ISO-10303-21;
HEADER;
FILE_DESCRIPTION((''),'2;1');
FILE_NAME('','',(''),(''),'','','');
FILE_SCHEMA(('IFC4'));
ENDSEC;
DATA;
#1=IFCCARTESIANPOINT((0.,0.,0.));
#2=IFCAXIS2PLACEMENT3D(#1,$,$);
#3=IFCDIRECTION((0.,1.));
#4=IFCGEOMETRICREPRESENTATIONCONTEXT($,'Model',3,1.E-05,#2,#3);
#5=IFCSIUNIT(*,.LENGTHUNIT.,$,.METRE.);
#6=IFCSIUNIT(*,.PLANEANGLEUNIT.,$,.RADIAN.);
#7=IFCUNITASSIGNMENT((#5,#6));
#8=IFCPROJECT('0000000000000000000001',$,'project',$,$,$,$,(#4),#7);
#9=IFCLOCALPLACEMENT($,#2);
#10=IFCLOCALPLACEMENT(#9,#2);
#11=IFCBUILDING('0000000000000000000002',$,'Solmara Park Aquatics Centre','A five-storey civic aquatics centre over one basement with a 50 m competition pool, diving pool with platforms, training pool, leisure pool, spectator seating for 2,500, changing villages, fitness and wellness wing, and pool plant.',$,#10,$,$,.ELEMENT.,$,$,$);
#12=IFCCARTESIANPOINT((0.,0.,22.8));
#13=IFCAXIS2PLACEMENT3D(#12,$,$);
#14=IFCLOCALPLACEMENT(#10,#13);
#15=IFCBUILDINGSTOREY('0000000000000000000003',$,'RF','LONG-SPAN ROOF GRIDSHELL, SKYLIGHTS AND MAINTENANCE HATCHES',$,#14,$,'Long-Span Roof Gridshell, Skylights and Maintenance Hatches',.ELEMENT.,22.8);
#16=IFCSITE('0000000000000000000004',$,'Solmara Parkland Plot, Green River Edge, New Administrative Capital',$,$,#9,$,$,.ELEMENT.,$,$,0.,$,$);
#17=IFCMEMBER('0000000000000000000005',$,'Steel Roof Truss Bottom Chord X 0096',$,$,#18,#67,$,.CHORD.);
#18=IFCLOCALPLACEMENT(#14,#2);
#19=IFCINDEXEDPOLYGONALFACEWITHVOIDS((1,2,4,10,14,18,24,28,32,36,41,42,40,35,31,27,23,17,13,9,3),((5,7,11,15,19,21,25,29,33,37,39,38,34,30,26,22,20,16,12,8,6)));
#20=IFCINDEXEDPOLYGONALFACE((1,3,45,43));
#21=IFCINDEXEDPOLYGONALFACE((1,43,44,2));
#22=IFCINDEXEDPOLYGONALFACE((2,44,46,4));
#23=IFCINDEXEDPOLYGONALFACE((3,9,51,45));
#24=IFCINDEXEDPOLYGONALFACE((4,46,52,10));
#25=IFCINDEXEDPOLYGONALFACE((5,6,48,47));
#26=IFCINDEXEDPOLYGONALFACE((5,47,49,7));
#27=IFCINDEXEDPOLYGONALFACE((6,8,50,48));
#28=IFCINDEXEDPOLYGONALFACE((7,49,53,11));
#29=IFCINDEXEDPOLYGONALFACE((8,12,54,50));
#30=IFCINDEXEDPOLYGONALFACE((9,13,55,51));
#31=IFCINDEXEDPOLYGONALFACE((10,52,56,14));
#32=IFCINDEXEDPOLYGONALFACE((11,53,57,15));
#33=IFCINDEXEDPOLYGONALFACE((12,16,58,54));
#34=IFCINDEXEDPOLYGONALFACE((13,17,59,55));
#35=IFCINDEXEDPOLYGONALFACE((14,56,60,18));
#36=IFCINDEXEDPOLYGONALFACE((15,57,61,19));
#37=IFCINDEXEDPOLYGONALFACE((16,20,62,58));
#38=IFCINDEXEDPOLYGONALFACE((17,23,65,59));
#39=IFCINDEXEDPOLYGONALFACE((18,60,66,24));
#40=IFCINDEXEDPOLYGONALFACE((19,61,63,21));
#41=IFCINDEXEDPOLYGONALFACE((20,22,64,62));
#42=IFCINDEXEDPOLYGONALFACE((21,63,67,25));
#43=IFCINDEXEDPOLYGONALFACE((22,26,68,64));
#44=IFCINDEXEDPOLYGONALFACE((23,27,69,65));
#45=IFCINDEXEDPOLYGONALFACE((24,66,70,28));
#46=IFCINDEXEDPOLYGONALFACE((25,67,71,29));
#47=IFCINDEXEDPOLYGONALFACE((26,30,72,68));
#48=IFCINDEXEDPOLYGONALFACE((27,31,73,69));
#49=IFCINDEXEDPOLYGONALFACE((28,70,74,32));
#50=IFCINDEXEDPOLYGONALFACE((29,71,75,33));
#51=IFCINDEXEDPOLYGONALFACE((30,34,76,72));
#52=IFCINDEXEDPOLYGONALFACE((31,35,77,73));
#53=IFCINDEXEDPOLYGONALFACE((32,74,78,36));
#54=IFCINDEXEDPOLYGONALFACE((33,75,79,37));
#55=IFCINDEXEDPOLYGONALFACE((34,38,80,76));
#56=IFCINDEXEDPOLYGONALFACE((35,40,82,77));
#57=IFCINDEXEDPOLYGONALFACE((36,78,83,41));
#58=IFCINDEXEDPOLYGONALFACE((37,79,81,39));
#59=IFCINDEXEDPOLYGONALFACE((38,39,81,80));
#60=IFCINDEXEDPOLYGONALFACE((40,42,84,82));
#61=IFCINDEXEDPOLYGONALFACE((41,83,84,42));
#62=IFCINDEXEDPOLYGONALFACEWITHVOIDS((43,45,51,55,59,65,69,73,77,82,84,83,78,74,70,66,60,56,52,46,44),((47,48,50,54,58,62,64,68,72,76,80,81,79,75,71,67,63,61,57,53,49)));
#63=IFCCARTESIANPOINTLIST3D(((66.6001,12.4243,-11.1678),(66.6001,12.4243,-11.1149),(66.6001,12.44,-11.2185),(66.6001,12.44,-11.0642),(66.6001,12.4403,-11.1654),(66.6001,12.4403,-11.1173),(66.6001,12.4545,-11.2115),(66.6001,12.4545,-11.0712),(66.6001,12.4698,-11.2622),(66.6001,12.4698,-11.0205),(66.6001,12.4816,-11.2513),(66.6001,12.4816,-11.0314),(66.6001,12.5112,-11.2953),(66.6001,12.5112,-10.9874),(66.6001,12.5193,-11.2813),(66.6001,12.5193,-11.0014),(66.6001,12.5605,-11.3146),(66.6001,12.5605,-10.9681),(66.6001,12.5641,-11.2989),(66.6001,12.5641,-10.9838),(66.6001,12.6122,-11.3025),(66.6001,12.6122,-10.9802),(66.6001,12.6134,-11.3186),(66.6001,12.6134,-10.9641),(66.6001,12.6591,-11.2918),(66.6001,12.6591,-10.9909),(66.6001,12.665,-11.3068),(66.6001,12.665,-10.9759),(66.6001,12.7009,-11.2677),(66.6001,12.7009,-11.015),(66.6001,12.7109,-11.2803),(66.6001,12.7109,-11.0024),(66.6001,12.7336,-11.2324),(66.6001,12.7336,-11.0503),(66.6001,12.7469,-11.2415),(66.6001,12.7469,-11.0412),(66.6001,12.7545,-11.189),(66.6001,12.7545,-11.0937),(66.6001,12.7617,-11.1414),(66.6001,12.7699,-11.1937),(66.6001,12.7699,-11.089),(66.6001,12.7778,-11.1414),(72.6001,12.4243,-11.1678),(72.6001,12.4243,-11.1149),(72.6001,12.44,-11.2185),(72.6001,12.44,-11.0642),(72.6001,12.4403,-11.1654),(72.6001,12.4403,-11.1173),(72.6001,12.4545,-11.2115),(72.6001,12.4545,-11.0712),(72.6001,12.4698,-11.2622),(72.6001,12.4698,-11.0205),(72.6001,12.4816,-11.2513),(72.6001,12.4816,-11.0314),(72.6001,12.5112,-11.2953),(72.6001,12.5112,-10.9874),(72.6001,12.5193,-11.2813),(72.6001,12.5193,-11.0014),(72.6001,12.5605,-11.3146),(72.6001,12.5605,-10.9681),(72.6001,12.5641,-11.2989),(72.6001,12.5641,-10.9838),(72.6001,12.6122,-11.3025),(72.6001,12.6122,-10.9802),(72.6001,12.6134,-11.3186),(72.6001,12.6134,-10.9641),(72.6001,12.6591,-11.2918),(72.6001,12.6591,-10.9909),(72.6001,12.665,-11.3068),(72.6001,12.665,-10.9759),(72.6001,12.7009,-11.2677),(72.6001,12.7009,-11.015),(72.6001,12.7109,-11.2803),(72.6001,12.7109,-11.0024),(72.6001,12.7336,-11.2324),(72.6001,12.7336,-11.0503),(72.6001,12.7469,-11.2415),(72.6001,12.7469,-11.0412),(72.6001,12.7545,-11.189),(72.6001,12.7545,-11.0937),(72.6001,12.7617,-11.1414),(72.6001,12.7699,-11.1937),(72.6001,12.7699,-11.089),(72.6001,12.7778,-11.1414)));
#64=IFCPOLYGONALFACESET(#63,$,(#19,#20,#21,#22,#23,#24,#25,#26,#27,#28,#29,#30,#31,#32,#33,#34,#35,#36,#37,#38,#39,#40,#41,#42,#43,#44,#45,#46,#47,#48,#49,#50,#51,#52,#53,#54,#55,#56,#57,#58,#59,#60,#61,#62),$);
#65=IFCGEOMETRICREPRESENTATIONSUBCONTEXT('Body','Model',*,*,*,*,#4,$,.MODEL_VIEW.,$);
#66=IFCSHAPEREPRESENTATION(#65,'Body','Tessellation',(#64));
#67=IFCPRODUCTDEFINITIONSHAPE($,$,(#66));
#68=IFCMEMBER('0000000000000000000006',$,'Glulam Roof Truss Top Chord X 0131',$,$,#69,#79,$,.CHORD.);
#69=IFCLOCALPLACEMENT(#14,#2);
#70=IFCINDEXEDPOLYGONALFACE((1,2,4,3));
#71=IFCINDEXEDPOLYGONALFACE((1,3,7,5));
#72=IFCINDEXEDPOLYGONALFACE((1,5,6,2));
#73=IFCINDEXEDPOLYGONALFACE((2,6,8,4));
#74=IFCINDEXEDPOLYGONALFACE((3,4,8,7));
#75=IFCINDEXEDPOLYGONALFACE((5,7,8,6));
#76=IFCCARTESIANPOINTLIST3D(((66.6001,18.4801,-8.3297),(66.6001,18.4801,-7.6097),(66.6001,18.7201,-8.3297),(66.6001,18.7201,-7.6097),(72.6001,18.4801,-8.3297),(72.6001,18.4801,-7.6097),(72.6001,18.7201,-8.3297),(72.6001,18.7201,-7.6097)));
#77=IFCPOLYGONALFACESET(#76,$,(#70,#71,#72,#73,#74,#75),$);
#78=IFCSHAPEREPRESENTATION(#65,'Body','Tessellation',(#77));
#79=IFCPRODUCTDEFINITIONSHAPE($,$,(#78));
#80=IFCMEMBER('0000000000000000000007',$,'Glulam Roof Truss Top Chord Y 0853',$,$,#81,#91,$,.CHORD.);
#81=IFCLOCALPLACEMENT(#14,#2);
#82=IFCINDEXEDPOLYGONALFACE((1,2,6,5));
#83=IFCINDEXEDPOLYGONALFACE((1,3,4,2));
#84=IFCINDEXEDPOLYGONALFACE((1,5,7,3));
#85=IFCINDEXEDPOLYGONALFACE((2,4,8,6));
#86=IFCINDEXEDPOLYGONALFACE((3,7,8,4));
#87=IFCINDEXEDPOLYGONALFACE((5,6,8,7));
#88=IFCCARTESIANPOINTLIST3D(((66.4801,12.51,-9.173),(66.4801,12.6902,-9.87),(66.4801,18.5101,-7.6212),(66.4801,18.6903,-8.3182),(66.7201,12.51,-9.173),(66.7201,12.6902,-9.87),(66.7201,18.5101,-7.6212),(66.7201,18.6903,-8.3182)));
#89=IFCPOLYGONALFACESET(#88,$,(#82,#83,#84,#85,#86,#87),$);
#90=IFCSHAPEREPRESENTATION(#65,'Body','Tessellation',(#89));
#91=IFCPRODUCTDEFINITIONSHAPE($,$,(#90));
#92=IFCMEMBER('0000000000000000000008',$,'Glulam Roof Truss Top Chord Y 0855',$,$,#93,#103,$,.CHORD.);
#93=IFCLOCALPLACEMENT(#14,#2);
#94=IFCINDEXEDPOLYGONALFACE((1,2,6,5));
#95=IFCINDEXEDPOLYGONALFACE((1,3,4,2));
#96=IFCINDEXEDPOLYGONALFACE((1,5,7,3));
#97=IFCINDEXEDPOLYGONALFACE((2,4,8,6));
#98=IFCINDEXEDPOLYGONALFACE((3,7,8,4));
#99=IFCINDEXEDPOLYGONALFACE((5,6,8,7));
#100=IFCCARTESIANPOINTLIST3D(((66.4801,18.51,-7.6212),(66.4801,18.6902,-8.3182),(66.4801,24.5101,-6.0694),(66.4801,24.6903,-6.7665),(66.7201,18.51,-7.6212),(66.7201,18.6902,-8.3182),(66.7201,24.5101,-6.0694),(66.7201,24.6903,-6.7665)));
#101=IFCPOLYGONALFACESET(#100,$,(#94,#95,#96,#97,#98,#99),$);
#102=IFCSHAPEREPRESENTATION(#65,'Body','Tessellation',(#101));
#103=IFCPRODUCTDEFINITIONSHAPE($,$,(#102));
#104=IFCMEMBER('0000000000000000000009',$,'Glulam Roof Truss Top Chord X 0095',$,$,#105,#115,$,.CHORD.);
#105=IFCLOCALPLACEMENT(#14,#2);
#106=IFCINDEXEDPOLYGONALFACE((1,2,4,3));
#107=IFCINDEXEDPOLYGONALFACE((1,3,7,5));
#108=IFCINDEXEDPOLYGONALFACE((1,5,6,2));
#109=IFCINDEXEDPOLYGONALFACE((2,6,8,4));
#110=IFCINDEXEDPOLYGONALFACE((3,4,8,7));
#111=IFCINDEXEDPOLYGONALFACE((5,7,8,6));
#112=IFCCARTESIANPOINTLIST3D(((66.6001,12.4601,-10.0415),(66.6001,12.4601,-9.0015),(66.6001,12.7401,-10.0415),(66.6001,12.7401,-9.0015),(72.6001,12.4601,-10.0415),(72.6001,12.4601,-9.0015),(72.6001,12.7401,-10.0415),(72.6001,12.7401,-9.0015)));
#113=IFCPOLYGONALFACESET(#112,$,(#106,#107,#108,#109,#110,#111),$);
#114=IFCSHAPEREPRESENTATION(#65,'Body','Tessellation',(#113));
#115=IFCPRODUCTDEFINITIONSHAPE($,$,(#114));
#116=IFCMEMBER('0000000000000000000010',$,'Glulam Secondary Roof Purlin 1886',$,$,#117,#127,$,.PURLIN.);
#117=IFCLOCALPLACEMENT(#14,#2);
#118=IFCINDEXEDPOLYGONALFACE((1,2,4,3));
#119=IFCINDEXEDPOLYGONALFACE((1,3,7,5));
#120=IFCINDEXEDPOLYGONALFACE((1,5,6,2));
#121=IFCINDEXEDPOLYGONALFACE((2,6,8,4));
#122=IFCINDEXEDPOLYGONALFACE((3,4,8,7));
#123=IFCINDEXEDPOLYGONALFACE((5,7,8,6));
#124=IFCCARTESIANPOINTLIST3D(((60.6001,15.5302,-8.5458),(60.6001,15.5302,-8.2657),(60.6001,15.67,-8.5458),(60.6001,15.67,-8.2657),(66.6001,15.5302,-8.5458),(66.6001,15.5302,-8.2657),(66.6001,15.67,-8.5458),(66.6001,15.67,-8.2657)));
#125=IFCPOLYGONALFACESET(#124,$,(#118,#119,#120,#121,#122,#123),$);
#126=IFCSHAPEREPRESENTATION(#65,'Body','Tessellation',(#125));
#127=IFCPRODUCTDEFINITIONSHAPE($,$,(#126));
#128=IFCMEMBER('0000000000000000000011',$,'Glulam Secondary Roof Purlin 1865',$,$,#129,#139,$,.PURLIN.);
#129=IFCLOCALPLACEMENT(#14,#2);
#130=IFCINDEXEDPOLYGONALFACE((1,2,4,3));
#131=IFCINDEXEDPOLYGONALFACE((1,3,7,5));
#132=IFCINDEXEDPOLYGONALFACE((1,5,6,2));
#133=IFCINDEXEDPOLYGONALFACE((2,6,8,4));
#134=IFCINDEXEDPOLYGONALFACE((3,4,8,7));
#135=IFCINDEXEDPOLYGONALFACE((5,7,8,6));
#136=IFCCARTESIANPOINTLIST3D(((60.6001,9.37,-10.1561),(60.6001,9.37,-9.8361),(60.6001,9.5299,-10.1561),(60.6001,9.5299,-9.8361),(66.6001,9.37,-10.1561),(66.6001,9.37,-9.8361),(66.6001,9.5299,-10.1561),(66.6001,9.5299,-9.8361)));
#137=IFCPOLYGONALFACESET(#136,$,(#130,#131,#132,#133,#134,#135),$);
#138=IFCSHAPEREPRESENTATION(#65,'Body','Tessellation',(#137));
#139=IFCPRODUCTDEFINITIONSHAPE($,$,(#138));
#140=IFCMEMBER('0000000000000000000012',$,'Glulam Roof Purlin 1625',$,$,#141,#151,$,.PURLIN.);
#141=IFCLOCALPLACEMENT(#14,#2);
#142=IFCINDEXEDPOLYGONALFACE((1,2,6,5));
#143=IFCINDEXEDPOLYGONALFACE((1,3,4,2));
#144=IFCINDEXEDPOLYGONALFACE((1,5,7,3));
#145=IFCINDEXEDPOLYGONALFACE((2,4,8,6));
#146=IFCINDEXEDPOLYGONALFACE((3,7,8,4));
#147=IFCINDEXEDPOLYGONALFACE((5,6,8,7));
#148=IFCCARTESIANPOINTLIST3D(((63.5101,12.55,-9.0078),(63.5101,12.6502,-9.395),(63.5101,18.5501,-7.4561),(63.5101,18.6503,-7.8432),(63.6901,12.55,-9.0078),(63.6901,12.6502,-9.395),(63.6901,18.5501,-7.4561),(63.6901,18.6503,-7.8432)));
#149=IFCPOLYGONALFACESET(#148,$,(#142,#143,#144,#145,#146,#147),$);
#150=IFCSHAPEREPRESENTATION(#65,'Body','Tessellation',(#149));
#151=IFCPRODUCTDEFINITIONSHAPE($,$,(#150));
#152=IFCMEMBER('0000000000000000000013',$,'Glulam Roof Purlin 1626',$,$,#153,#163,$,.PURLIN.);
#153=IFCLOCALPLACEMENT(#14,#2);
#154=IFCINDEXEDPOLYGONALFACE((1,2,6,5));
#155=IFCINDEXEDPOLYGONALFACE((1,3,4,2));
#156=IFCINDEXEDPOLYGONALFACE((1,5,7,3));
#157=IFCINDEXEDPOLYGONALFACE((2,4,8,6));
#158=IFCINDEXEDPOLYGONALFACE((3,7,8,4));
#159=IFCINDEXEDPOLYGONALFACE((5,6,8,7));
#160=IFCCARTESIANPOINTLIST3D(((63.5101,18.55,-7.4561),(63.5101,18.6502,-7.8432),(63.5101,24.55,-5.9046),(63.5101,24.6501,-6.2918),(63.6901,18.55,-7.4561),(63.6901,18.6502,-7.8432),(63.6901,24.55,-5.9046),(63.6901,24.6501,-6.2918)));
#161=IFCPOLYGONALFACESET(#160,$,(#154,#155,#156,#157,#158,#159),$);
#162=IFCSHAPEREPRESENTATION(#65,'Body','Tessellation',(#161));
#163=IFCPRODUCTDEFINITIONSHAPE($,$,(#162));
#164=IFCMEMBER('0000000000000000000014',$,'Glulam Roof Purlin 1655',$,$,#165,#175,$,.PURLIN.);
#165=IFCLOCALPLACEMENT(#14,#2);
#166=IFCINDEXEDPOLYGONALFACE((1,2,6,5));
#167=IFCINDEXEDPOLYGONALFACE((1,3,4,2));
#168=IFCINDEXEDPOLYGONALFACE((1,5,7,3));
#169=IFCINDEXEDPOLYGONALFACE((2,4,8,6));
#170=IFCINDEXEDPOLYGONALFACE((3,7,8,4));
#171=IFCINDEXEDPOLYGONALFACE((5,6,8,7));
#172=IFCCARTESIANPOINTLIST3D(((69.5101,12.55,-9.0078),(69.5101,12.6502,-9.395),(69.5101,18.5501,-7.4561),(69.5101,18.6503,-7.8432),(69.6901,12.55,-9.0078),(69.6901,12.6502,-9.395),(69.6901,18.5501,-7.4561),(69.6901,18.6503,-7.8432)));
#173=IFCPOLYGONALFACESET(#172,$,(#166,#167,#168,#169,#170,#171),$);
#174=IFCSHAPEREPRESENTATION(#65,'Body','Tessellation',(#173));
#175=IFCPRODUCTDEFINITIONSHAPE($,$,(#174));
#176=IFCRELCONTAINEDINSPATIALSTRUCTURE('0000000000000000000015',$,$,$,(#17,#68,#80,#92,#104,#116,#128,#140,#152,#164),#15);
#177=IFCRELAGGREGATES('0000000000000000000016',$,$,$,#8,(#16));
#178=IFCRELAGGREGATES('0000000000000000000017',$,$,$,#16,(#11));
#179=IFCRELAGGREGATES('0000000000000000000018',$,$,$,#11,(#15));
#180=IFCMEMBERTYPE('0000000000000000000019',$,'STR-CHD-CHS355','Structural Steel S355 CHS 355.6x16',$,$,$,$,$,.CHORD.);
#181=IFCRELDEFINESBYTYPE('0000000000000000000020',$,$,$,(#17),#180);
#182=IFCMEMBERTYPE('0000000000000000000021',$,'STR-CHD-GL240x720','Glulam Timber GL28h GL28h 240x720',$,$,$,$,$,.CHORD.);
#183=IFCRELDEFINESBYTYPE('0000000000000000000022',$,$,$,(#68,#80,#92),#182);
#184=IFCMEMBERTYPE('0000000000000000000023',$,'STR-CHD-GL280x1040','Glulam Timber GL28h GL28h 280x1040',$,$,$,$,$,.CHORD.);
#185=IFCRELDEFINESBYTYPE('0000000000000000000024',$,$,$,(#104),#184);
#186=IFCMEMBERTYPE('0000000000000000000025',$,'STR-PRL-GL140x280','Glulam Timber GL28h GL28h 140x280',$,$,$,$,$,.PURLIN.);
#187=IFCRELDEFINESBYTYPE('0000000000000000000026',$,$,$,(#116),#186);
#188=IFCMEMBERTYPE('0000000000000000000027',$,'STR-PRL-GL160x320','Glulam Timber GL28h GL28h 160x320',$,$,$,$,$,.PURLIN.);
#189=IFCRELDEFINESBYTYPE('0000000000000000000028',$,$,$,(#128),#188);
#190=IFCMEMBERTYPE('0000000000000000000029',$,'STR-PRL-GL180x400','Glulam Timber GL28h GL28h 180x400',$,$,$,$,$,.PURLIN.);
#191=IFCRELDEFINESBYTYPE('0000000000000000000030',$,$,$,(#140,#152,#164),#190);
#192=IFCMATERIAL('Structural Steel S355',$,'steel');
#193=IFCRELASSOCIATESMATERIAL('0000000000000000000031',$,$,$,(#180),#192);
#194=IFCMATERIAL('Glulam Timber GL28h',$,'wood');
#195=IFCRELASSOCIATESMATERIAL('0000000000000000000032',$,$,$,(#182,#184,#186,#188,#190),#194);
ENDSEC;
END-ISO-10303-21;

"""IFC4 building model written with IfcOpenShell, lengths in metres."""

from ifc_helpers import new_model, si_unit, direction, frame, origin, origin_2d, place, context, subcontext, project, spatial, rectangle, hollow_circle, extrude, material, material_profile, profile_set, type_object, element, save


model = new_model("IFC4")

# Units and contexts
model_context = context("Model", 3, precision=1e-05, world=origin(), true_north=direction((0.0, 1.0)))
body_context = subcontext(model_context, "Body", "Model", "MODEL_VIEW")
ifc_project = project(units=[si_unit("LENGTHUNIT", "METRE"), si_unit("PLANEANGLEUNIT", "RADIAN")], contexts=[model_context])

# Site, building, storey
site_placement = place(None, origin())
site = spatial("IfcSite", under=ifc_project, at=site_placement, Name="Solmara Parkland Plot, Green River Edge, New Administrative Capital", CompositionType="ELEMENT", RefElevation=0.0)
building_placement = place(site_placement, origin())
building = spatial("IfcBuilding", under=site, at=building_placement, Name="Solmara Park Aquatics Centre", Description="A five-storey civic aquatics centre over one basement with a 50 m competition pool, diving pool with platforms, training pool, leisure pool, spectator seating for 2,500, changing villages, fitness and wellness wing, and pool plant.", CompositionType="ELEMENT")
storey_placement = place(building_placement, frame((0.0, 0.0, 22.8)))
storey = spatial("IfcBuildingStorey", under=building, at=storey_placement, Name="RF", Description="LONG-SPAN ROOF GRIDSHELL, SKYLIGHTS AND MAINTENANCE HATCHES", LongName="Long-Span Roof Gridshell, Skylights and Maintenance Hatches", CompositionType="ELEMENT", Elevation=22.8)

# Members
ifc_material_1 = material(Name="Structural Steel S355", Category="steel")
ifc_material_profile_1 = material_profile(ifc_material_1, hollow_circle(Radius=0.1777, WallThickness=0.0161, at=origin_2d()), Name="CHS 355.6x16")
ifc_profile_set_1 = profile_set([ifc_material_profile_1], Name="Structural Steel S355")
member_type_1 = type_object("IfcMemberType", Name="STR-CHD-CHS355", Description="Structural Steel S355 CHS 355.6x16", PredefinedType="CHORD", material=ifc_profile_set_1)
member_1_placement = place(storey_placement, frame((66.6001, 12.6001, -11.1414), z_axis=(1.0, 0.0, 0.0), x_axis=(0.0, 1.0, 0.0)))
element("IfcMember", 1, at=member_1_placement, inside=storey, type_object=member_type_1, Name="Steel Roof Truss Bottom Chord X 0096", PredefinedType="CHORD", context=body_context, shape_type="SweptSolid", body=[
    extrude(hollow_circle(Radius=0.1777, WallThickness=0.0161, at=origin_2d()), origin(), (0.0, 0.0, 1.0), 6.0),
])
ifc_material_2 = material(Name="Glulam Timber GL28h", Category="wood")
ifc_material_profile_2 = material_profile(ifc_material_2, rectangle(XDim=0.24, YDim=0.72, at=origin_2d()), Name="GL28h 240x720")
ifc_profile_set_2 = profile_set([ifc_material_profile_2], Name="Glulam Timber GL28h")
member_type_2 = type_object("IfcMemberType", Name="STR-CHD-GL240x720", Description="Glulam Timber GL28h GL28h 240x720", PredefinedType="CHORD", material=ifc_profile_set_2)
member_2_placement = place(storey_placement, frame((66.6001, 18.6001, -7.9697), z_axis=(1.0, 0.0, 0.0), x_axis=(0.0, 1.0, 0.0)))
element("IfcMember", 2, at=member_2_placement, inside=storey, type_object=member_type_2, Name="Glulam Roof Truss Top Chord X 0131", PredefinedType="CHORD", context=body_context, shape_type="SweptSolid", body=[
    extrude(rectangle(XDim=0.24, YDim=0.72, at=origin_2d()), origin(), (0.0, 0.0, 1.0), 6.0),
])
for number, where, z_axis, x_axis, name in (
    (3, (66.6001, 12.6001, -9.5215), (0.0, 0.968146, 0.250388), (-1.0, 0.0, 0.0), "Glulam Roof Truss Top Chord Y 0853"),
    (4, (66.6001, 18.6001, -7.9697), (0.0, 0.968146, 0.250388), (-1.0, 0.0, 0.0), "Glulam Roof Truss Top Chord Y 0855"),
):
    element("IfcMember", number, at=place(storey_placement, frame(where, z_axis=z_axis, x_axis=x_axis)), inside=storey, type_object=member_type_2, Name=name, PredefinedType="CHORD", context=body_context, shape_type="SweptSolid", body=[
        extrude(rectangle(XDim=0.24, YDim=0.72, at=origin_2d()), origin(), (0.0, 0.0, 1.0), 6.1975),
    ])
ifc_material_profile_3 = material_profile(ifc_material_2, rectangle(XDim=0.28, YDim=1.04, at=origin_2d()), Name="GL28h 280x1040")
ifc_profile_set_3 = profile_set([ifc_material_profile_3], Name="Glulam Timber GL28h")
member_type_3 = type_object("IfcMemberType", Name="STR-CHD-GL280x1040", Description="Glulam Timber GL28h GL28h 280x1040", PredefinedType="CHORD", material=ifc_profile_set_3)
member_3_placement = place(storey_placement, frame((66.6001, 12.6001, -9.5215), z_axis=(1.0, 0.0, 0.0), x_axis=(0.0, 1.0, 0.0)))
element("IfcMember", 5, at=member_3_placement, inside=storey, type_object=member_type_3, Name="Glulam Roof Truss Top Chord X 0095", PredefinedType="CHORD", context=body_context, shape_type="SweptSolid", body=[
    extrude(rectangle(XDim=0.28, YDim=1.04, at=origin_2d()), origin(), (0.0, 0.0, 1.0), 6.0),
])
ifc_material_profile_4 = material_profile(ifc_material_2, rectangle(XDim=0.1399, YDim=0.28, at=origin_2d()), Name="GL28h 140x280")
ifc_profile_set_4 = profile_set([ifc_material_profile_4], Name="Glulam Timber GL28h")
member_type_4 = type_object("IfcMemberType", Name="STR-PRL-GL140x280", Description="Glulam Timber GL28h GL28h 140x280", PredefinedType="PURLIN", material=ifc_profile_set_4)
member_4_placement = place(storey_placement, frame((60.6001, 15.6001, -8.4058), z_axis=(1.0, 0.0, 0.0), x_axis=(0.0, 1.0, 0.0)))
element("IfcMember", 6, at=member_4_placement, inside=storey, type_object=member_type_4, Name="Glulam Secondary Roof Purlin 1886", PredefinedType="PURLIN", context=body_context, shape_type="SweptSolid", body=[
    extrude(rectangle(XDim=0.1399, YDim=0.28, at=origin_2d()), origin(), (0.0, 0.0, 1.0), 6.0),
])
ifc_material_profile_5 = material_profile(ifc_material_2, rectangle(XDim=0.1599, YDim=0.3201, at=origin_2d()), Name="GL28h 160x320")
ifc_profile_set_5 = profile_set([ifc_material_profile_5], Name="Glulam Timber GL28h")
member_type_5 = type_object("IfcMemberType", Name="STR-PRL-GL160x320", Description="Glulam Timber GL28h GL28h 160x320", PredefinedType="PURLIN", material=ifc_profile_set_5)
member_5_placement = place(storey_placement, frame((60.6001, 9.45, -9.9961), z_axis=(1.0, 0.0, 0.0), x_axis=(0.0, 1.0, 0.0)))
element("IfcMember", 7, at=member_5_placement, inside=storey, type_object=member_type_5, Name="Glulam Secondary Roof Purlin 1865", PredefinedType="PURLIN", context=body_context, shape_type="SweptSolid", body=[
    extrude(rectangle(XDim=0.1599, YDim=0.3201, at=origin_2d()), origin(), (0.0, 0.0, 1.0), 6.0),
])
ifc_material_profile_6 = material_profile(ifc_material_2, rectangle(XDim=0.1799, YDim=0.3999, at=origin_2d()), Name="GL28h 180x400")
ifc_profile_set_6 = profile_set([ifc_material_profile_6], Name="Glulam Timber GL28h")
member_type_6 = type_object("IfcMemberType", Name="STR-PRL-GL180x400", Description="Glulam Timber GL28h GL28h 180x400", PredefinedType="PURLIN", material=ifc_profile_set_6)
member_6_placement = place(storey_placement, frame((63.6001, 12.6001, -9.2014), z_axis=(0.0, 0.968146, 0.250388), x_axis=(-1.0, 0.0, 0.0)))
element("IfcMember", 8, at=member_6_placement, inside=storey, type_object=member_type_6, Name="Glulam Roof Purlin 1625", PredefinedType="PURLIN", context=body_context, shape_type="SweptSolid", body=[
    extrude(rectangle(XDim=0.1799, YDim=0.3999, at=origin_2d()), origin(), (0.0, 0.0, 1.0), 6.1975),
])
member_7_placement = place(storey_placement, frame((63.6001, 18.6001, -7.6497), z_axis=(0.0, 0.968155, 0.250351), x_axis=(-1.0, 0.0, 0.0)))
element("IfcMember", 9, at=member_7_placement, inside=storey, type_object=member_type_6, Name="Glulam Roof Purlin 1626", PredefinedType="PURLIN", context=body_context, shape_type="SweptSolid", body=[
    extrude(rectangle(XDim=0.1799, YDim=0.3999, at=origin_2d()), origin(), (0.0, 0.0, 1.0), 6.1973),
])
member_8_placement = place(storey_placement, frame((69.6001, 12.6001, -9.2014), z_axis=(0.0, 0.968146, 0.250388), x_axis=(-1.0, 0.0, 0.0)))
element("IfcMember", 10, at=member_8_placement, inside=storey, type_object=member_type_6, Name="Glulam Roof Purlin 1655", PredefinedType="PURLIN", context=body_context, shape_type="SweptSolid", body=[
    extrude(rectangle(XDim=0.1799, YDim=0.3999, at=origin_2d()), origin(), (0.0, 0.0, 1.0), 6.1975),
])

save(model, "model.ifc")
